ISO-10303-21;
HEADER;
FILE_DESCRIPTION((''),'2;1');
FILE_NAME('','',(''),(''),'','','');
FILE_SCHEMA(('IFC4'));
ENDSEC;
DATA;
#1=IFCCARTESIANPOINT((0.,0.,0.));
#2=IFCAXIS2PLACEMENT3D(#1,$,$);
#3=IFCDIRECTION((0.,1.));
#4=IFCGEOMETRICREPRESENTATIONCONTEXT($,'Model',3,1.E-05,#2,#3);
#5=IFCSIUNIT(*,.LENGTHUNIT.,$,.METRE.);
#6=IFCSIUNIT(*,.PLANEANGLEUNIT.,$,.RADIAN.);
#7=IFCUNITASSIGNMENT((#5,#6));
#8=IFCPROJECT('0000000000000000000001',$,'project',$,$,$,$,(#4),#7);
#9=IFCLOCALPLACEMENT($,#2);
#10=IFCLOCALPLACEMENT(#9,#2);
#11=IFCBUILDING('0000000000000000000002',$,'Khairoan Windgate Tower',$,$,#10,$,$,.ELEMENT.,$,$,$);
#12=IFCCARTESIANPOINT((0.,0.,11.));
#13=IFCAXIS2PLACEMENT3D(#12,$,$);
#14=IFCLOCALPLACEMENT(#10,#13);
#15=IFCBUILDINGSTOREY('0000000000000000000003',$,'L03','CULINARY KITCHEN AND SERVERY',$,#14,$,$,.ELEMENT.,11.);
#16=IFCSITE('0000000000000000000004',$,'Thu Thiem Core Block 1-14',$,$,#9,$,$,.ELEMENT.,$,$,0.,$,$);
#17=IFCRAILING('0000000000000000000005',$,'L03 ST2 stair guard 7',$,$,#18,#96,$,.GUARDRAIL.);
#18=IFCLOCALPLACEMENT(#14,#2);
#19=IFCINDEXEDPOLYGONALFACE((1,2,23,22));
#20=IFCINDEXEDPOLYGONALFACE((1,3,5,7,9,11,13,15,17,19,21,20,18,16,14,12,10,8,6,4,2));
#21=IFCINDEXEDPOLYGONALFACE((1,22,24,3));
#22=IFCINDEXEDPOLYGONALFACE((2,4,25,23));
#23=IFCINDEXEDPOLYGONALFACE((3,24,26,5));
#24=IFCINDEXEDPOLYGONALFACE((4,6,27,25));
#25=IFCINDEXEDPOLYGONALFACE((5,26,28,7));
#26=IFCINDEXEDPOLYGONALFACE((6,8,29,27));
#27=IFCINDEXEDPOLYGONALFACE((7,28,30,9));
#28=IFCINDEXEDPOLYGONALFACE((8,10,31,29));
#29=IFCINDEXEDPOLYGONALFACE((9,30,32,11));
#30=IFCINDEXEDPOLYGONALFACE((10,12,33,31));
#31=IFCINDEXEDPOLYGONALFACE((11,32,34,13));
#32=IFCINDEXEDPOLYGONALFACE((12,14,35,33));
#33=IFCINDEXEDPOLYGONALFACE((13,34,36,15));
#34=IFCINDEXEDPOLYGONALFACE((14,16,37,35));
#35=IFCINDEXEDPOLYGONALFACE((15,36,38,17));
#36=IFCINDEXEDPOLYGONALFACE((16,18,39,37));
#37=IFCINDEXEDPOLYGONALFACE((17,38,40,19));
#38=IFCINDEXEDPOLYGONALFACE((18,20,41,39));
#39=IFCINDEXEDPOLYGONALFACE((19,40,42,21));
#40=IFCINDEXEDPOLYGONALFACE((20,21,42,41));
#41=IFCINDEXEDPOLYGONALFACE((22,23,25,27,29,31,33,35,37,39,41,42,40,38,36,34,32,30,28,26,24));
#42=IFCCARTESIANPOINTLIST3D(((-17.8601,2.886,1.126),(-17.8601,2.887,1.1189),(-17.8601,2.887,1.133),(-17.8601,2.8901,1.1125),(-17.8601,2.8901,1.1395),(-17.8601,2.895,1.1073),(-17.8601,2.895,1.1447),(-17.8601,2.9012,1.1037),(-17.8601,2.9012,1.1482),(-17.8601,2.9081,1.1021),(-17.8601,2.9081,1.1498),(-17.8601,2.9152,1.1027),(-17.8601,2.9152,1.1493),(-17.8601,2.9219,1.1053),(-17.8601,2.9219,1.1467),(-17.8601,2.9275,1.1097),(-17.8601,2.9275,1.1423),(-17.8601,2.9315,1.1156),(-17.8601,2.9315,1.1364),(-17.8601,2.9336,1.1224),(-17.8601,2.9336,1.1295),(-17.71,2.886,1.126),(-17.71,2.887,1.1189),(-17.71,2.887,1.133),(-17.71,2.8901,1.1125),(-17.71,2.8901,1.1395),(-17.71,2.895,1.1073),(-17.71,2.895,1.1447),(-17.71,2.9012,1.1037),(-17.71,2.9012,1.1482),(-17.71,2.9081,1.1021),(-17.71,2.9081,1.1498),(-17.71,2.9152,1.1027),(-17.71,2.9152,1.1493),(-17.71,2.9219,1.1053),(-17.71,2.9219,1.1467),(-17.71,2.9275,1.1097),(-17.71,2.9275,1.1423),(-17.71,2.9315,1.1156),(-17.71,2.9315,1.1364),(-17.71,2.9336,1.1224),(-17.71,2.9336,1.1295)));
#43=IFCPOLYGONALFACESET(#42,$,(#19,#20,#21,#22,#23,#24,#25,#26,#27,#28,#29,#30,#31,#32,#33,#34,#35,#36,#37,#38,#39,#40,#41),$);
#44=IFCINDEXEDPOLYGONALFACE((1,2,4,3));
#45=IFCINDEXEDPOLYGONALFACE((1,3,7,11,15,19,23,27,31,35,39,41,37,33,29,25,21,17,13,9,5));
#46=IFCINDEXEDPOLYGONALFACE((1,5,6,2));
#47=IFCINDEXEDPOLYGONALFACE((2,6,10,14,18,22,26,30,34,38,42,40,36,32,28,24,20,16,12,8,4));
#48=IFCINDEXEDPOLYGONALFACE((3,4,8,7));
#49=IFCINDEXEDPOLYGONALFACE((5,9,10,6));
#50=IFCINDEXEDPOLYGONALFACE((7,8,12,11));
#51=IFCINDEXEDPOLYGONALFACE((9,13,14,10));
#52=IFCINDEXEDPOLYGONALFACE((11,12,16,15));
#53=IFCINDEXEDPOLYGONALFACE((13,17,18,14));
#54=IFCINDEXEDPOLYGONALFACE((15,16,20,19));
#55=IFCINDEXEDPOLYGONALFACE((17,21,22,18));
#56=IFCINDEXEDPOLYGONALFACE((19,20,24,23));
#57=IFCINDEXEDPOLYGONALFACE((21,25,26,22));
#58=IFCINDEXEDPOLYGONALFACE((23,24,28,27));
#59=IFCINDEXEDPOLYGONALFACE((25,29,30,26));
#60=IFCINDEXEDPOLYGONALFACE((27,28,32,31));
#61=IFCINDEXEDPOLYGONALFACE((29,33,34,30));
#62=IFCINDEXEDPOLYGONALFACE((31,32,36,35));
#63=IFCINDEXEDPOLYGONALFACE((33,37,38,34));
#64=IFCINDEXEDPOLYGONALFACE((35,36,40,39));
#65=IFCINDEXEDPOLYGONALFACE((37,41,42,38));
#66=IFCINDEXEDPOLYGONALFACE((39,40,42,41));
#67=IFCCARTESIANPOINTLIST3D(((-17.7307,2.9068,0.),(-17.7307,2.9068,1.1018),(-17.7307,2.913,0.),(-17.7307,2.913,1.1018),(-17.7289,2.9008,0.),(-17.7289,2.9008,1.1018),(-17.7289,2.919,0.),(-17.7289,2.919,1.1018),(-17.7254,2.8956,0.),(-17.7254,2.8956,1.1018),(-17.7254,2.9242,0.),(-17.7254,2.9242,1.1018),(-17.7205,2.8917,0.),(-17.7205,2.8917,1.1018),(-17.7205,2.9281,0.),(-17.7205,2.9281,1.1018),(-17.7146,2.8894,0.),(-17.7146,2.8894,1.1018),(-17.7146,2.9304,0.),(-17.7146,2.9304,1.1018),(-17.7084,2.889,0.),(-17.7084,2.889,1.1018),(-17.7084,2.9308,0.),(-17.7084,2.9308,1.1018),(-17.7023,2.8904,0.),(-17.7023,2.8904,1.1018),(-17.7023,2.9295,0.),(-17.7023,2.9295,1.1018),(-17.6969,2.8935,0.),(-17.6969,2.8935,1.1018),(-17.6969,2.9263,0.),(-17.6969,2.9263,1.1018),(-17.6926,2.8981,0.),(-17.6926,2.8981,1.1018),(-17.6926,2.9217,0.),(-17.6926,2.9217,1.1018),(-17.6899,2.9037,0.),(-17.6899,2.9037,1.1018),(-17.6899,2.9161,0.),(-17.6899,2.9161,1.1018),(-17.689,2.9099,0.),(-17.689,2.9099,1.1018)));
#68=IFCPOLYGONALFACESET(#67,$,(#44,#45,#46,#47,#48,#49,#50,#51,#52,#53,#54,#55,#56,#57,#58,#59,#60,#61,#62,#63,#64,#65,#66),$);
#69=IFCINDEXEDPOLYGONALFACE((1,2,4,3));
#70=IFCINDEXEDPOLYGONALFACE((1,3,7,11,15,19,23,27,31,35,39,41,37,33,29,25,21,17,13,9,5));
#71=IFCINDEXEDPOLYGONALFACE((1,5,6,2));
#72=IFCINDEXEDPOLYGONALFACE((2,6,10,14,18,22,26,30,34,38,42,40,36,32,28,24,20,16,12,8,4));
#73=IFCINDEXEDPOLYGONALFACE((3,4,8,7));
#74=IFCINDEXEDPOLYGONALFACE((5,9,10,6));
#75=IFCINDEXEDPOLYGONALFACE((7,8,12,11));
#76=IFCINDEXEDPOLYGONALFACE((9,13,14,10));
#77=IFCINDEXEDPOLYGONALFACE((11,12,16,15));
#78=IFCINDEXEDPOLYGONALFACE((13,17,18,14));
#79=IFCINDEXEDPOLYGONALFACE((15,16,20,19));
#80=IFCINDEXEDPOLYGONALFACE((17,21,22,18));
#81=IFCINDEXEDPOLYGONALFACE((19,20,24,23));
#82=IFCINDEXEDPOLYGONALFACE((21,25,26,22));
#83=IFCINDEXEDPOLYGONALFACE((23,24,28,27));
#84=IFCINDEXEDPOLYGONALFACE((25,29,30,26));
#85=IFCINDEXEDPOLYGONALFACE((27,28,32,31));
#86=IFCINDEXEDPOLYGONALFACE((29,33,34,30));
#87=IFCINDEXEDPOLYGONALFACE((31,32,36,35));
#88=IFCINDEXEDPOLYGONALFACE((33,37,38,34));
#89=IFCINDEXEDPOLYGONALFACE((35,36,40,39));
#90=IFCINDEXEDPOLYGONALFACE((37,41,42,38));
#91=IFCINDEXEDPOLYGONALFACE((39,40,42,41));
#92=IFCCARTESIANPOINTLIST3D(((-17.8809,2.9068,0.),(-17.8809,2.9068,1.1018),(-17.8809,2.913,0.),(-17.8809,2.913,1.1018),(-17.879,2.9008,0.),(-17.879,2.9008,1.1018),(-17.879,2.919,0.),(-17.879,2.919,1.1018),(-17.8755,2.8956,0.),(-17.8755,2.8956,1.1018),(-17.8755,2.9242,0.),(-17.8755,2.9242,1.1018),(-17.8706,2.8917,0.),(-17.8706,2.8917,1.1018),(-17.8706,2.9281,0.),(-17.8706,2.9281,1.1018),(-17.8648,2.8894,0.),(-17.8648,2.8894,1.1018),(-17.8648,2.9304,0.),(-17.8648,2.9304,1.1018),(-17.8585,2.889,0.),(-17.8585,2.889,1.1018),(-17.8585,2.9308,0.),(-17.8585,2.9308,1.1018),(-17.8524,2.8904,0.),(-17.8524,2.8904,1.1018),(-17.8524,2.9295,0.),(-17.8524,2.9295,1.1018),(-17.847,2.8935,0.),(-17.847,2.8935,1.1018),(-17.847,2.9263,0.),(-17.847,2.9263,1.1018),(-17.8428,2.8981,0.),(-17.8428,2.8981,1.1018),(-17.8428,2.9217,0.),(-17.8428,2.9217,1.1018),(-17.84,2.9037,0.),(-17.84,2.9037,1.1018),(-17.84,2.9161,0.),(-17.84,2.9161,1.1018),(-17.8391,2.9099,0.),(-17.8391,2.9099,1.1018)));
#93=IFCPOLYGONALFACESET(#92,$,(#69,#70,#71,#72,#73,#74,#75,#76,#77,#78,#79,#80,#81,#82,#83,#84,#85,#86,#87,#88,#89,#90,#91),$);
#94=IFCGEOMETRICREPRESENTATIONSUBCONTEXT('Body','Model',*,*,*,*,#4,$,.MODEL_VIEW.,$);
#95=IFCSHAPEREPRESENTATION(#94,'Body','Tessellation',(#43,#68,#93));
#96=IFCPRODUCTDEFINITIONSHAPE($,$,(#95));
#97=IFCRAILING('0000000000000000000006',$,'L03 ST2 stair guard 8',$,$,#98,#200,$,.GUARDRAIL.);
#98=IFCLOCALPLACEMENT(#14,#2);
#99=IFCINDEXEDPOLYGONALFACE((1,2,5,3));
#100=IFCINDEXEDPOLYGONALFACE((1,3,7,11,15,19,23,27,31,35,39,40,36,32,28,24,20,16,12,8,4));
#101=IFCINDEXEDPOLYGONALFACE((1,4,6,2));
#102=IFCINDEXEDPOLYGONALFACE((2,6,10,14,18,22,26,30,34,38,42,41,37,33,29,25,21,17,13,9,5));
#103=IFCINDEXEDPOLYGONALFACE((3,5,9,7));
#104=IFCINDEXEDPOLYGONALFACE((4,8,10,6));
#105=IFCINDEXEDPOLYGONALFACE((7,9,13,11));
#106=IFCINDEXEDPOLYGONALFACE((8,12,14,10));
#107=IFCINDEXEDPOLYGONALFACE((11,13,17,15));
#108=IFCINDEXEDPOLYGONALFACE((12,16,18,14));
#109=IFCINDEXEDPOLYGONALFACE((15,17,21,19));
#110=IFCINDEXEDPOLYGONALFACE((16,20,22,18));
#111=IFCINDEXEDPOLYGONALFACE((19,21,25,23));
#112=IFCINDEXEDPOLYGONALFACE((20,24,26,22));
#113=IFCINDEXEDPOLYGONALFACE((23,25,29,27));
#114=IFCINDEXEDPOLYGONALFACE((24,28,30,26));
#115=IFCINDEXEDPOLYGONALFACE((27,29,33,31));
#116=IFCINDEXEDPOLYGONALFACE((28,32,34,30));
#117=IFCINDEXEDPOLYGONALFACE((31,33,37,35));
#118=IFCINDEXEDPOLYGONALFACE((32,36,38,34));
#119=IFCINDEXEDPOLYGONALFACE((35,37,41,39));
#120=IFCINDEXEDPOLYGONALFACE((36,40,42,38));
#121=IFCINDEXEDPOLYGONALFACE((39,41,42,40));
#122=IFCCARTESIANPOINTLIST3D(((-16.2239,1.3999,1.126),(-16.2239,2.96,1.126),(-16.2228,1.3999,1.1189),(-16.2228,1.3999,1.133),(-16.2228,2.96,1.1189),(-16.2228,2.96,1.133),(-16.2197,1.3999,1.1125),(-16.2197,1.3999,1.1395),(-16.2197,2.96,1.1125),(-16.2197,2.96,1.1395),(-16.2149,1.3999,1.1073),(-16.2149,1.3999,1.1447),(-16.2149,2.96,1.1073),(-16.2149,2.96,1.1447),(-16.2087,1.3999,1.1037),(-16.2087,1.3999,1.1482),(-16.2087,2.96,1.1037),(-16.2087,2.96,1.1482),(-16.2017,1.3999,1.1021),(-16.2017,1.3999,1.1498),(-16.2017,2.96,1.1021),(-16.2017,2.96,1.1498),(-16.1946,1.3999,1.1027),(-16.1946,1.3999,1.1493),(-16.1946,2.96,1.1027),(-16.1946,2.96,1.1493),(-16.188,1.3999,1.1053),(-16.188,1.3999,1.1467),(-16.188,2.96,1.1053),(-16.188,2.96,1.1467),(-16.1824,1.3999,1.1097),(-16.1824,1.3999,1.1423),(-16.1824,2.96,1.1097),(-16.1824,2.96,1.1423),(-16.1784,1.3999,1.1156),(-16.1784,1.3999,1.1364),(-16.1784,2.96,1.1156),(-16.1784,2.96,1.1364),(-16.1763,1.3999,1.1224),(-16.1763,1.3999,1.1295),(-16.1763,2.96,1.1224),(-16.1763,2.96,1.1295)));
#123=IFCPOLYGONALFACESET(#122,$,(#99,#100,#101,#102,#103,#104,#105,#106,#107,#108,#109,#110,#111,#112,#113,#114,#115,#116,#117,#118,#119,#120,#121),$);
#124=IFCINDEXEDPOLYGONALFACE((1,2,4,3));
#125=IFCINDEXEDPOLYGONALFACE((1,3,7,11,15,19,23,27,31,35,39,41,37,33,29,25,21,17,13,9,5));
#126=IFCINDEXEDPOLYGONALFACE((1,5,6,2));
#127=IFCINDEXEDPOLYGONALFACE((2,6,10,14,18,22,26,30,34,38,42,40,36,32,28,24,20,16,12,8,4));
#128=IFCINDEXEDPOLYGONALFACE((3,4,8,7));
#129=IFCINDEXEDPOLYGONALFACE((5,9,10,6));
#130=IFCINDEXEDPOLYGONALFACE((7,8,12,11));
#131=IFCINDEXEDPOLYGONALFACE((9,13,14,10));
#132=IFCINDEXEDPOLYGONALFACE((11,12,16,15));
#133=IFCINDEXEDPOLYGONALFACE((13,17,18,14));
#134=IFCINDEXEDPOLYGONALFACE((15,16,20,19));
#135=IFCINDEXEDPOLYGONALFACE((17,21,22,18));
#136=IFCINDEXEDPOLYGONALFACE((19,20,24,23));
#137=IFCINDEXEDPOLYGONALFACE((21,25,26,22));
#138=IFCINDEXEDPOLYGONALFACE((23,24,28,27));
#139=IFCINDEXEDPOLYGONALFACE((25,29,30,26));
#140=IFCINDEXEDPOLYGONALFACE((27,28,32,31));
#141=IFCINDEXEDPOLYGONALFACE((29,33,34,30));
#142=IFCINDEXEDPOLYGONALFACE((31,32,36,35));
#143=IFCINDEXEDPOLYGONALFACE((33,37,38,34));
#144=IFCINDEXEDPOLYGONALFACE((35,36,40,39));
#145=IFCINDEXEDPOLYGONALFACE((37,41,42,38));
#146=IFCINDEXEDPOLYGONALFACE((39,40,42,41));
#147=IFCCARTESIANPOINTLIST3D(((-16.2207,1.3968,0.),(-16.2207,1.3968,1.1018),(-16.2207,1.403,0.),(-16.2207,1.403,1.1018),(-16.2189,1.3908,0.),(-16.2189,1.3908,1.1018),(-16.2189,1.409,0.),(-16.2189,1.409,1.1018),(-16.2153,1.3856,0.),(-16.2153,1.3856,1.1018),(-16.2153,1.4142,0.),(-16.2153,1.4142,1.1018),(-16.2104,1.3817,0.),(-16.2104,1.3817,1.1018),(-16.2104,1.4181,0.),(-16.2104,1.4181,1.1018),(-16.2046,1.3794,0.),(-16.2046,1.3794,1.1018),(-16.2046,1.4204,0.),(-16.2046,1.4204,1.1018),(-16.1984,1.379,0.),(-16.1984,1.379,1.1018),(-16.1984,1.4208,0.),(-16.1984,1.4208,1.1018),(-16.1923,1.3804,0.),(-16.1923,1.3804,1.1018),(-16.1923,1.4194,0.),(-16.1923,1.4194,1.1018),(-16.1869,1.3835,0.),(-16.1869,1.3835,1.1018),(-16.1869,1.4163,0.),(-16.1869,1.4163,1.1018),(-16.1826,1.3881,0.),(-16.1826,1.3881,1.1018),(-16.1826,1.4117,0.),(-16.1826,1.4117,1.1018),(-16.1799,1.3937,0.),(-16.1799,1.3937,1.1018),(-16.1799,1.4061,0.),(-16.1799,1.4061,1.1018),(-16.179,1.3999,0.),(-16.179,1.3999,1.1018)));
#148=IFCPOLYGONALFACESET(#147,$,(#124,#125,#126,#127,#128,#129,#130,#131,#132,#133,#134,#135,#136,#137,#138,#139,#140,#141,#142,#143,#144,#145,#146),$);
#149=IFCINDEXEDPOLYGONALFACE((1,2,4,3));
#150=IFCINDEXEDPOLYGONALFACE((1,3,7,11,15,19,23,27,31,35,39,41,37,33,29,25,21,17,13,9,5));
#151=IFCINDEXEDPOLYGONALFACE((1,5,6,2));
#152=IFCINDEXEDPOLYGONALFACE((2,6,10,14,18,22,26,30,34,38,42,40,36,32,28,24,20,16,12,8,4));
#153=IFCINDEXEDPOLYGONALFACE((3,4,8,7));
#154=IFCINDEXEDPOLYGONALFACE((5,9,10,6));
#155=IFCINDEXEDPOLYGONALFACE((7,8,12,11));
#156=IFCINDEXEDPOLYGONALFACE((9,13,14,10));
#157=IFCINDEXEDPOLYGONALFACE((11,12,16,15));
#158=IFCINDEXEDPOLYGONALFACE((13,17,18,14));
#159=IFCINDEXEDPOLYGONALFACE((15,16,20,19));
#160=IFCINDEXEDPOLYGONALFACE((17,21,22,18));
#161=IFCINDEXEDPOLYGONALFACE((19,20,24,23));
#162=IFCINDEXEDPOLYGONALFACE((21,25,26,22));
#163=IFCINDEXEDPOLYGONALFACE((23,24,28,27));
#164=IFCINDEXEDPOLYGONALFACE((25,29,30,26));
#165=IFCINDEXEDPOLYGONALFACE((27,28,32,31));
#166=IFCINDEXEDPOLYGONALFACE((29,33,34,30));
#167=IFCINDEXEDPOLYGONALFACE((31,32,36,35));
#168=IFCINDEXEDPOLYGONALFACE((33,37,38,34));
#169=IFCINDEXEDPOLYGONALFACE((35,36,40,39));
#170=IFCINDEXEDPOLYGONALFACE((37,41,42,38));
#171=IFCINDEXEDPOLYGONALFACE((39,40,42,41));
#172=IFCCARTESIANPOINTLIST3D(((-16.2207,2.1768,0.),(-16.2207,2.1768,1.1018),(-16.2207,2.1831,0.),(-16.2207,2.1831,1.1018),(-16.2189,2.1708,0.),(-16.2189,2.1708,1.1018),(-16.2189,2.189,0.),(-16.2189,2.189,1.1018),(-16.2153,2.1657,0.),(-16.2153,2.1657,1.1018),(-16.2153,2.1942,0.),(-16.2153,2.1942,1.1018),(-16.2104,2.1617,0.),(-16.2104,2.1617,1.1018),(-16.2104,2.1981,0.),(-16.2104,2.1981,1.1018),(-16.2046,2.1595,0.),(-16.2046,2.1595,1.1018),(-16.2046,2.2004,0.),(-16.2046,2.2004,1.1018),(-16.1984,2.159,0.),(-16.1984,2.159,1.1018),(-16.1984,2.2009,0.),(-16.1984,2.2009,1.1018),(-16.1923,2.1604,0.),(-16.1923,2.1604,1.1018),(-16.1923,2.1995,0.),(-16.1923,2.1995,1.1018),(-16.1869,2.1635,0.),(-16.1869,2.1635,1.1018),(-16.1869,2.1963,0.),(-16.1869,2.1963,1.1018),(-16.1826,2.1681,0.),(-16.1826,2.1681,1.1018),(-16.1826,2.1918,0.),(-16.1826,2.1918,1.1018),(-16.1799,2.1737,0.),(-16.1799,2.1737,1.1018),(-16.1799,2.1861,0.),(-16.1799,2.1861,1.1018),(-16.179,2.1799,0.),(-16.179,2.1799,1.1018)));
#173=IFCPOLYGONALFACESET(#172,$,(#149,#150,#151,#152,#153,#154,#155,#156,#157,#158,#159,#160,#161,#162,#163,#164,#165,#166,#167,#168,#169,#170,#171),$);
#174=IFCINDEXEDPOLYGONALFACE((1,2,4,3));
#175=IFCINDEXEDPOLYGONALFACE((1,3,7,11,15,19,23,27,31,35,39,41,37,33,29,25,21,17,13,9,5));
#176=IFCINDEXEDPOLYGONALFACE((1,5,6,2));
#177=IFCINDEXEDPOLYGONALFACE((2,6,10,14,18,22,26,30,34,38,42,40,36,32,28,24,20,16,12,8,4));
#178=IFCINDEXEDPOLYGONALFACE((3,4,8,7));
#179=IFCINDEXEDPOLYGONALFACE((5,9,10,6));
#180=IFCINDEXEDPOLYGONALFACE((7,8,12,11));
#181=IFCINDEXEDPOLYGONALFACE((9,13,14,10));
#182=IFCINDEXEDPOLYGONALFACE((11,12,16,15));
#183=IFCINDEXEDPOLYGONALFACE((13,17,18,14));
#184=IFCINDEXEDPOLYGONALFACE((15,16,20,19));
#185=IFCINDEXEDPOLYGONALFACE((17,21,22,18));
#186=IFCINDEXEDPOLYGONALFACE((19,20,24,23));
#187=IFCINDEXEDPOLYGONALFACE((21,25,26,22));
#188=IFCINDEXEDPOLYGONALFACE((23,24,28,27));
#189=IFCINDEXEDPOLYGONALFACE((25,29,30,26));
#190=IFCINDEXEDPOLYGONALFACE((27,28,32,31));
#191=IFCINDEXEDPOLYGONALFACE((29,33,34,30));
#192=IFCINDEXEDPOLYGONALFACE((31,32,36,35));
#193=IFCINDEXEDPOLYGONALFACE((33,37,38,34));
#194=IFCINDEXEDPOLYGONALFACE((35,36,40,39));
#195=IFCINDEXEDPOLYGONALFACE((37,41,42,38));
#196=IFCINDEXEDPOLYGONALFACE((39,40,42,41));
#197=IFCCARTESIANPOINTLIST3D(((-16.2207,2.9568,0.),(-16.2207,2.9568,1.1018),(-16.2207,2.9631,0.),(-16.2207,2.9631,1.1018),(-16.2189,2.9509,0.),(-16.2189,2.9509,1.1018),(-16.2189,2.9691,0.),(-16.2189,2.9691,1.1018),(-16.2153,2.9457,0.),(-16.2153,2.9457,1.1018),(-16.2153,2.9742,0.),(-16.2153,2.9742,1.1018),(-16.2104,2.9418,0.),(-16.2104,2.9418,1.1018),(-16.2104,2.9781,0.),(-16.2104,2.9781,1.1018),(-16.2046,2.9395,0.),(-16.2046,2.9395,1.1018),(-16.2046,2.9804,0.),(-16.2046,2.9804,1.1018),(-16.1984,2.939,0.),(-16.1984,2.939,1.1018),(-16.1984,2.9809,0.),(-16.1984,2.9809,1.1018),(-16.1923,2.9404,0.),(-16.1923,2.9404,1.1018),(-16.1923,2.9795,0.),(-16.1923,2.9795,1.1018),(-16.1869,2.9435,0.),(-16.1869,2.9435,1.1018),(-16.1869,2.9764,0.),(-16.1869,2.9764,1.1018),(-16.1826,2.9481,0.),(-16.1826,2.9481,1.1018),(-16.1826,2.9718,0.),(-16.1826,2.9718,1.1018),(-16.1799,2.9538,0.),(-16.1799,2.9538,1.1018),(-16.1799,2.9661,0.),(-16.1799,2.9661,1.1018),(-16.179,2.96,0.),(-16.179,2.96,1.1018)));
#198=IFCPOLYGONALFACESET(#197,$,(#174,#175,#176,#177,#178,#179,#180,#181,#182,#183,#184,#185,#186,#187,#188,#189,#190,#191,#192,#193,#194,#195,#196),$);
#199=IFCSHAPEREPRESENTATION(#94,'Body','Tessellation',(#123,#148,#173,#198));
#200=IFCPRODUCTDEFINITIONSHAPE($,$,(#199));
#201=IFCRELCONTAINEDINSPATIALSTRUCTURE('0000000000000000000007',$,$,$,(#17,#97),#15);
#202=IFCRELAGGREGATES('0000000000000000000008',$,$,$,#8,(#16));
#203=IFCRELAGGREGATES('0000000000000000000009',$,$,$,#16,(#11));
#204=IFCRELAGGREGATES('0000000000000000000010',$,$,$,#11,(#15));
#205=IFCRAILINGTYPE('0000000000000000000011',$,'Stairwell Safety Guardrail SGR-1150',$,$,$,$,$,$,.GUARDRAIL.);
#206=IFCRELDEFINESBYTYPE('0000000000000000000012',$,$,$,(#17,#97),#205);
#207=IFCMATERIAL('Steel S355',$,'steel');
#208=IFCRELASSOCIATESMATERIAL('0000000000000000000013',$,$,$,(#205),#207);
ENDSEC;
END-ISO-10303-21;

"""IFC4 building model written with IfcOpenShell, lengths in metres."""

from ifc_helpers import new_model, si_unit, direction, frame, origin, origin_2d, place, context, subcontext, project, spatial, circle, extrude, material, type_object, element, save


model = new_model("IFC4")

# Units and contexts
model_context = context("Model", 3, precision=1e-05, world=origin(), true_north=direction((0.0, 1.0)))
body_context = subcontext(model_context, "Body", "Model", "MODEL_VIEW")
ifc_project = project(units=[si_unit("LENGTHUNIT", "METRE"), si_unit("PLANEANGLEUNIT", "RADIAN")], contexts=[model_context])

# Site, building, storey
site_placement = place(None, origin())
site = spatial("IfcSite", under=ifc_project, at=site_placement, Name="Thu Thiem Core Block 1-14", CompositionType="ELEMENT", RefElevation=0.0)
building_placement = place(site_placement, origin())
building = spatial("IfcBuilding", under=site, at=building_placement, Name="Khairoan Windgate Tower", CompositionType="ELEMENT")
storey_placement = place(building_placement, frame((0.0, 0.0, 11.0)))
storey = spatial("IfcBuildingStorey", under=building, at=storey_placement, Name="L03", Description="CULINARY KITCHEN AND SERVERY", CompositionType="ELEMENT", Elevation=11.0)

# Railings
ifc_material_1 = material(Name="Steel S355", Category="steel")
railing_type_1 = type_object("IfcRailingType", Name="Stairwell Safety Guardrail SGR-1150", PredefinedType="GUARDRAIL", material=ifc_material_1)
railing_1_placement = place(storey_placement, frame((-17.71, 2.9099, 0.0)))
element("IfcRailing", 1, at=railing_1_placement, inside=storey, type_object=railing_type_1, Name="L03 ST2 stair guard 7", PredefinedType="GUARDRAIL", context=body_context, shape_type="SweptSolid", body=[
    extrude(circle(Radius=0.0239, at=origin_2d()), frame((0.0, 0.0, 1.126), z_axis=(-1.0, 0.0, 0.0), x_axis=(0.0, -1.0, 0.0)), (0.0, 0.0, 1.0), 0.1501),
    extrude(circle(Radius=0.021, at=origin_2d()), origin(), (0.0, 0.0, 1.0), 1.1018),
    extrude(circle(Radius=0.021, at=origin_2d()), frame((-0.1501, 0.0, 0.0)), (0.0, 0.0, 1.0), 1.1018),
])
for number, where, name in (
    (2, (-16.2, 1.3999, 0.0), "L03 ST2 stair guard 8"),
):
    element("IfcRailing", number, at=place(storey_placement, frame(where)), inside=storey, type_object=railing_type_1, Name=name, PredefinedType="GUARDRAIL", context=body_context, shape_type="SweptSolid", body=[
        extrude(circle(Radius=0.0239, at=origin_2d()), frame((0.0, 0.0, 1.126), z_axis=(0.0, 1.0, 0.0), x_axis=(-1.0, 0.0, 0.0)), (0.0, 0.0, 1.0), 1.5601),
        extrude(circle(Radius=0.021, at=origin_2d()), origin(), (0.0, 0.0, 1.0), 1.1018),
        extrude(circle(Radius=0.021, at=origin_2d()), frame((0.0, 0.78, 0.0)), (0.0, 0.0, 1.0), 1.1018),
        extrude(circle(Radius=0.021, at=origin_2d()), frame((0.0, 1.5601, 0.0)), (0.0, 0.0, 1.0), 1.1018),
    ])

save(model, "model.ifc")
